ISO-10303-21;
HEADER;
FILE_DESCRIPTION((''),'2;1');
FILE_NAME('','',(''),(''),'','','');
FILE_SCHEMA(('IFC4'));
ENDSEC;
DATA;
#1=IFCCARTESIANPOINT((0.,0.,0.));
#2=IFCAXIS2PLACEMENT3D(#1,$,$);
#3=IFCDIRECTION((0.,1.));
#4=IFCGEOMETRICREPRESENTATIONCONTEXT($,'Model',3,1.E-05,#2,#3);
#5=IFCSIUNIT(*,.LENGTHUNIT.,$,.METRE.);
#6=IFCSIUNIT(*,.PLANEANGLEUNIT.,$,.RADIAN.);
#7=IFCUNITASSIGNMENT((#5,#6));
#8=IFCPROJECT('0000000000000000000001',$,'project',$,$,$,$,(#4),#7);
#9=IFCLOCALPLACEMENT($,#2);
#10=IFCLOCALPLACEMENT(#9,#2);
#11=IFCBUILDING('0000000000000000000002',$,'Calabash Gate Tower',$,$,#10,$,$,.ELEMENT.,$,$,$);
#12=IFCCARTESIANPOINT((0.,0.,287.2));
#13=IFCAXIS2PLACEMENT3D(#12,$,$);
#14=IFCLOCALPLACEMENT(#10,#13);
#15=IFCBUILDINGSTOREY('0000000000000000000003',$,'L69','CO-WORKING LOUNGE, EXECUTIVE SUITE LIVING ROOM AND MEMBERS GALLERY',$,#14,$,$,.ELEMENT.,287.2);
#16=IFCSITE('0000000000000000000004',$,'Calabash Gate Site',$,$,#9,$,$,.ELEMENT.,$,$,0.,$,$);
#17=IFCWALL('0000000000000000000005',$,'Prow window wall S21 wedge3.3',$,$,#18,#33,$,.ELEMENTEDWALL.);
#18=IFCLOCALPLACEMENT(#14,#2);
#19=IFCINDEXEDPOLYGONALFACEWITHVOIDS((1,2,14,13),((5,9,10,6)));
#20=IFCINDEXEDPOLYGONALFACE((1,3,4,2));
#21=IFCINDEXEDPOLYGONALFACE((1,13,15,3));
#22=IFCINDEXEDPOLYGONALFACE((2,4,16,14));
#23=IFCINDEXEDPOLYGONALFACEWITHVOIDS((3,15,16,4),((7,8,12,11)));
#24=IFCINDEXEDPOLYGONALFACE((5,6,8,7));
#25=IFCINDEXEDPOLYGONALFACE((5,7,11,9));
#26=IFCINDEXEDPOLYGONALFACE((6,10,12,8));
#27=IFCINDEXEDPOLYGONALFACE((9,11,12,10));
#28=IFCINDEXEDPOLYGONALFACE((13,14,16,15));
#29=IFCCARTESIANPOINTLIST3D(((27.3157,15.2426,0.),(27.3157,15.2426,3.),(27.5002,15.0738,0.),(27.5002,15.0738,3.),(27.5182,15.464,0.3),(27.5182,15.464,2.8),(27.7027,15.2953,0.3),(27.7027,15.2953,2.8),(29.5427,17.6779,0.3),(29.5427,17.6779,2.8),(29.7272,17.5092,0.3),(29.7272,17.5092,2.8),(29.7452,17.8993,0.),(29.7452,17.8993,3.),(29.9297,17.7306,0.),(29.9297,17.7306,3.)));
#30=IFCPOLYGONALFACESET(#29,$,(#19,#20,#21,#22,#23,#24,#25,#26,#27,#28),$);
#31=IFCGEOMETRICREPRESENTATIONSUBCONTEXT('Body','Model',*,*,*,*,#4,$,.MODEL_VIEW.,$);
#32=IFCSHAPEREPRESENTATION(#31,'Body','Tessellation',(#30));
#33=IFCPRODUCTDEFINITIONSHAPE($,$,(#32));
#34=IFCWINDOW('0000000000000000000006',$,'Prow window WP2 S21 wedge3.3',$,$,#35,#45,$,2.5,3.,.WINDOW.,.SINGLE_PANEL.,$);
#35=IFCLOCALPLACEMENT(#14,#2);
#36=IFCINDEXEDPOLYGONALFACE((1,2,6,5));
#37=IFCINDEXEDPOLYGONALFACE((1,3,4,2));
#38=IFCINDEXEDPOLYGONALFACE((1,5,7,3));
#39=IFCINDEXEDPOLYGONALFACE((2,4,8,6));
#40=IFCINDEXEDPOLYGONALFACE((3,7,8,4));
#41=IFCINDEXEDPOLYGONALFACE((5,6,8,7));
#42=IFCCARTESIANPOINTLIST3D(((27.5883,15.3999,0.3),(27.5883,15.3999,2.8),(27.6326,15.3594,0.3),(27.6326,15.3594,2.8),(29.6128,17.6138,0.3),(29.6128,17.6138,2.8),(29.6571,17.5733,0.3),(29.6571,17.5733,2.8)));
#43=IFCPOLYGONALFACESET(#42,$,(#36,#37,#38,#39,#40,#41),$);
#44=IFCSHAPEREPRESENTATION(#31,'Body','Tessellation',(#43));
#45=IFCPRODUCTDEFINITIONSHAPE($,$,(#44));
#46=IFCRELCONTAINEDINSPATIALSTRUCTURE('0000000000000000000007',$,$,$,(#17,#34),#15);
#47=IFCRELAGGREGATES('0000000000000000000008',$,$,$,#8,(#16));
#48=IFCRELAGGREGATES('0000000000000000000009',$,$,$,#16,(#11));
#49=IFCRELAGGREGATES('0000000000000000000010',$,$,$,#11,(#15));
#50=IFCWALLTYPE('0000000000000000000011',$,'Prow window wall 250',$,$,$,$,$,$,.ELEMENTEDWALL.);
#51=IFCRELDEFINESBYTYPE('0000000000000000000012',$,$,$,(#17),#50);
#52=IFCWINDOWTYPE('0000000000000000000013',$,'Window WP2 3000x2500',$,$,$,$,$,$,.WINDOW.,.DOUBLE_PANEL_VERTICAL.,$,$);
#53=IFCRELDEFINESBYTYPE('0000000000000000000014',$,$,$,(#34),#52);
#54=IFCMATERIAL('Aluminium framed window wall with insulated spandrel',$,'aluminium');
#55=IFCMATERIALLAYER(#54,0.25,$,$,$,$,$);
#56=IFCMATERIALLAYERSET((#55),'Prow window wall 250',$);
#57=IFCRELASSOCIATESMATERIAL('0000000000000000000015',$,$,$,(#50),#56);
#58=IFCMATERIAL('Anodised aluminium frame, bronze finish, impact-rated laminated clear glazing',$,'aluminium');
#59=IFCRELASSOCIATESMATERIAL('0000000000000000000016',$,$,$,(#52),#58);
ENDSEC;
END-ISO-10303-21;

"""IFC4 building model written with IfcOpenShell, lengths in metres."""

from ifc_helpers import new_model, si_unit, direction, frame, frame_2d, origin, place, context, subcontext, project, spatial, rectangle, extrude, material, layer, layer_set, type_object, element, fill, save


model = new_model("IFC4")

# Units and contexts
model_context = context("Model", 3, precision=1e-05, world=origin(), true_north=direction((0.0, 1.0)))
body_context = subcontext(model_context, "Body", "Model", "MODEL_VIEW")
ifc_project = project(units=[si_unit("LENGTHUNIT", "METRE"), si_unit("PLANEANGLEUNIT", "RADIAN")], contexts=[model_context])

# Site, building, storey
site_placement = place(None, origin())
site = spatial("IfcSite", under=ifc_project, at=site_placement, Name="Calabash Gate Site", CompositionType="ELEMENT", RefElevation=0.0)
building_placement = place(site_placement, origin())
building = spatial("IfcBuilding", under=site, at=building_placement, Name="Calabash Gate Tower", CompositionType="ELEMENT")
storey_placement = place(building_placement, frame((0.0, 0.0, 287.2)))
storey = spatial("IfcBuildingStorey", under=building, at=storey_placement, Name="L69", Description="CO-WORKING LOUNGE, EXECUTIVE SUITE LIVING ROOM AND MEMBERS GALLERY", CompositionType="ELEMENT", Elevation=287.2)

# Wall, opening, window
ifc_material_1 = material(Name="Aluminium framed window wall with insulated spandrel", Category="aluminium")
ifc_layer_1 = layer(ifc_material_1, 0.25)
ifc_layer_set_1 = layer_set([ifc_layer_1], Name="Prow window wall 250")
wall_type_1 = type_object("IfcWallType", Name="Prow window wall 250", PredefinedType="ELEMENTEDWALL", material=ifc_layer_set_1)
ifc_material_2 = material(Name="Anodised aluminium frame, bronze finish, impact-rated laminated clear glazing", Category="aluminium")
window_type = type_object("IfcWindowType", Name="Window WP2 3000x2500", PartitioningType="DOUBLE_PANEL_VERTICAL", PredefinedType="WINDOW", material=ifc_material_2)
wall_1_placement = place(storey_placement, frame((27.408, 15.1582, 0.0), z_axis=(0.0, 0.0, 1.0), x_axis=(0.674834, 0.73797, 0.0)))
wall_1 = element("IfcWall", 1, at=wall_1_placement, inside=storey, type_object=wall_type_1, Name="Prow window wall S21 wedge3.3", PredefinedType="ELEMENTEDWALL", context=body_context, shape_type="SweptSolid", body=[
    extrude(rectangle(XDim=3.6001, YDim=0.25, at=frame_2d((1.8, 0.0))), origin(), (0.0, 0.0, 1.0), 3.0),
])
opening_1_placement = place(wall_1_placement, frame((0.3, 0.0, 0.3)))
opening_1 = element("IfcOpeningElement", 2, at=opening_1_placement, cuts=wall_1, PredefinedType="OPENING", context=body_context, shape_type="SweptSolid", body=[
    extrude(rectangle(XDim=3.0, YDim=2.5, at=frame_2d((1.5, 1.25))), frame((0.0, 0.135, 0.0), z_axis=(0.0, -1.0, 0.0), x_axis=(1.0, 0.0, 0.0)), (0.0, 0.0, 1.0), 0.27),
])
window_1_placement = place(opening_1_placement, origin())
window_1 = element("IfcWindow", 3, at=window_1_placement, inside=storey, type_object=window_type, Name="Prow window WP2 S21 wedge3.3", OverallHeight=2.5, OverallWidth=3.0, PartitioningType="SINGLE_PANEL", PredefinedType="WINDOW", context=body_context, shape_type="SweptSolid", body=[
    extrude(rectangle(XDim=3.0, YDim=2.5, at=frame_2d((1.5, 1.25))), frame((0.0, 0.03, 0.0), z_axis=(0.0, -1.0, 0.0), x_axis=(1.0, 0.0, 0.0)), (0.0, 0.0, 1.0), 0.0601),
])
fill(opening_1, window_1)

save(model, "model.ifc")
